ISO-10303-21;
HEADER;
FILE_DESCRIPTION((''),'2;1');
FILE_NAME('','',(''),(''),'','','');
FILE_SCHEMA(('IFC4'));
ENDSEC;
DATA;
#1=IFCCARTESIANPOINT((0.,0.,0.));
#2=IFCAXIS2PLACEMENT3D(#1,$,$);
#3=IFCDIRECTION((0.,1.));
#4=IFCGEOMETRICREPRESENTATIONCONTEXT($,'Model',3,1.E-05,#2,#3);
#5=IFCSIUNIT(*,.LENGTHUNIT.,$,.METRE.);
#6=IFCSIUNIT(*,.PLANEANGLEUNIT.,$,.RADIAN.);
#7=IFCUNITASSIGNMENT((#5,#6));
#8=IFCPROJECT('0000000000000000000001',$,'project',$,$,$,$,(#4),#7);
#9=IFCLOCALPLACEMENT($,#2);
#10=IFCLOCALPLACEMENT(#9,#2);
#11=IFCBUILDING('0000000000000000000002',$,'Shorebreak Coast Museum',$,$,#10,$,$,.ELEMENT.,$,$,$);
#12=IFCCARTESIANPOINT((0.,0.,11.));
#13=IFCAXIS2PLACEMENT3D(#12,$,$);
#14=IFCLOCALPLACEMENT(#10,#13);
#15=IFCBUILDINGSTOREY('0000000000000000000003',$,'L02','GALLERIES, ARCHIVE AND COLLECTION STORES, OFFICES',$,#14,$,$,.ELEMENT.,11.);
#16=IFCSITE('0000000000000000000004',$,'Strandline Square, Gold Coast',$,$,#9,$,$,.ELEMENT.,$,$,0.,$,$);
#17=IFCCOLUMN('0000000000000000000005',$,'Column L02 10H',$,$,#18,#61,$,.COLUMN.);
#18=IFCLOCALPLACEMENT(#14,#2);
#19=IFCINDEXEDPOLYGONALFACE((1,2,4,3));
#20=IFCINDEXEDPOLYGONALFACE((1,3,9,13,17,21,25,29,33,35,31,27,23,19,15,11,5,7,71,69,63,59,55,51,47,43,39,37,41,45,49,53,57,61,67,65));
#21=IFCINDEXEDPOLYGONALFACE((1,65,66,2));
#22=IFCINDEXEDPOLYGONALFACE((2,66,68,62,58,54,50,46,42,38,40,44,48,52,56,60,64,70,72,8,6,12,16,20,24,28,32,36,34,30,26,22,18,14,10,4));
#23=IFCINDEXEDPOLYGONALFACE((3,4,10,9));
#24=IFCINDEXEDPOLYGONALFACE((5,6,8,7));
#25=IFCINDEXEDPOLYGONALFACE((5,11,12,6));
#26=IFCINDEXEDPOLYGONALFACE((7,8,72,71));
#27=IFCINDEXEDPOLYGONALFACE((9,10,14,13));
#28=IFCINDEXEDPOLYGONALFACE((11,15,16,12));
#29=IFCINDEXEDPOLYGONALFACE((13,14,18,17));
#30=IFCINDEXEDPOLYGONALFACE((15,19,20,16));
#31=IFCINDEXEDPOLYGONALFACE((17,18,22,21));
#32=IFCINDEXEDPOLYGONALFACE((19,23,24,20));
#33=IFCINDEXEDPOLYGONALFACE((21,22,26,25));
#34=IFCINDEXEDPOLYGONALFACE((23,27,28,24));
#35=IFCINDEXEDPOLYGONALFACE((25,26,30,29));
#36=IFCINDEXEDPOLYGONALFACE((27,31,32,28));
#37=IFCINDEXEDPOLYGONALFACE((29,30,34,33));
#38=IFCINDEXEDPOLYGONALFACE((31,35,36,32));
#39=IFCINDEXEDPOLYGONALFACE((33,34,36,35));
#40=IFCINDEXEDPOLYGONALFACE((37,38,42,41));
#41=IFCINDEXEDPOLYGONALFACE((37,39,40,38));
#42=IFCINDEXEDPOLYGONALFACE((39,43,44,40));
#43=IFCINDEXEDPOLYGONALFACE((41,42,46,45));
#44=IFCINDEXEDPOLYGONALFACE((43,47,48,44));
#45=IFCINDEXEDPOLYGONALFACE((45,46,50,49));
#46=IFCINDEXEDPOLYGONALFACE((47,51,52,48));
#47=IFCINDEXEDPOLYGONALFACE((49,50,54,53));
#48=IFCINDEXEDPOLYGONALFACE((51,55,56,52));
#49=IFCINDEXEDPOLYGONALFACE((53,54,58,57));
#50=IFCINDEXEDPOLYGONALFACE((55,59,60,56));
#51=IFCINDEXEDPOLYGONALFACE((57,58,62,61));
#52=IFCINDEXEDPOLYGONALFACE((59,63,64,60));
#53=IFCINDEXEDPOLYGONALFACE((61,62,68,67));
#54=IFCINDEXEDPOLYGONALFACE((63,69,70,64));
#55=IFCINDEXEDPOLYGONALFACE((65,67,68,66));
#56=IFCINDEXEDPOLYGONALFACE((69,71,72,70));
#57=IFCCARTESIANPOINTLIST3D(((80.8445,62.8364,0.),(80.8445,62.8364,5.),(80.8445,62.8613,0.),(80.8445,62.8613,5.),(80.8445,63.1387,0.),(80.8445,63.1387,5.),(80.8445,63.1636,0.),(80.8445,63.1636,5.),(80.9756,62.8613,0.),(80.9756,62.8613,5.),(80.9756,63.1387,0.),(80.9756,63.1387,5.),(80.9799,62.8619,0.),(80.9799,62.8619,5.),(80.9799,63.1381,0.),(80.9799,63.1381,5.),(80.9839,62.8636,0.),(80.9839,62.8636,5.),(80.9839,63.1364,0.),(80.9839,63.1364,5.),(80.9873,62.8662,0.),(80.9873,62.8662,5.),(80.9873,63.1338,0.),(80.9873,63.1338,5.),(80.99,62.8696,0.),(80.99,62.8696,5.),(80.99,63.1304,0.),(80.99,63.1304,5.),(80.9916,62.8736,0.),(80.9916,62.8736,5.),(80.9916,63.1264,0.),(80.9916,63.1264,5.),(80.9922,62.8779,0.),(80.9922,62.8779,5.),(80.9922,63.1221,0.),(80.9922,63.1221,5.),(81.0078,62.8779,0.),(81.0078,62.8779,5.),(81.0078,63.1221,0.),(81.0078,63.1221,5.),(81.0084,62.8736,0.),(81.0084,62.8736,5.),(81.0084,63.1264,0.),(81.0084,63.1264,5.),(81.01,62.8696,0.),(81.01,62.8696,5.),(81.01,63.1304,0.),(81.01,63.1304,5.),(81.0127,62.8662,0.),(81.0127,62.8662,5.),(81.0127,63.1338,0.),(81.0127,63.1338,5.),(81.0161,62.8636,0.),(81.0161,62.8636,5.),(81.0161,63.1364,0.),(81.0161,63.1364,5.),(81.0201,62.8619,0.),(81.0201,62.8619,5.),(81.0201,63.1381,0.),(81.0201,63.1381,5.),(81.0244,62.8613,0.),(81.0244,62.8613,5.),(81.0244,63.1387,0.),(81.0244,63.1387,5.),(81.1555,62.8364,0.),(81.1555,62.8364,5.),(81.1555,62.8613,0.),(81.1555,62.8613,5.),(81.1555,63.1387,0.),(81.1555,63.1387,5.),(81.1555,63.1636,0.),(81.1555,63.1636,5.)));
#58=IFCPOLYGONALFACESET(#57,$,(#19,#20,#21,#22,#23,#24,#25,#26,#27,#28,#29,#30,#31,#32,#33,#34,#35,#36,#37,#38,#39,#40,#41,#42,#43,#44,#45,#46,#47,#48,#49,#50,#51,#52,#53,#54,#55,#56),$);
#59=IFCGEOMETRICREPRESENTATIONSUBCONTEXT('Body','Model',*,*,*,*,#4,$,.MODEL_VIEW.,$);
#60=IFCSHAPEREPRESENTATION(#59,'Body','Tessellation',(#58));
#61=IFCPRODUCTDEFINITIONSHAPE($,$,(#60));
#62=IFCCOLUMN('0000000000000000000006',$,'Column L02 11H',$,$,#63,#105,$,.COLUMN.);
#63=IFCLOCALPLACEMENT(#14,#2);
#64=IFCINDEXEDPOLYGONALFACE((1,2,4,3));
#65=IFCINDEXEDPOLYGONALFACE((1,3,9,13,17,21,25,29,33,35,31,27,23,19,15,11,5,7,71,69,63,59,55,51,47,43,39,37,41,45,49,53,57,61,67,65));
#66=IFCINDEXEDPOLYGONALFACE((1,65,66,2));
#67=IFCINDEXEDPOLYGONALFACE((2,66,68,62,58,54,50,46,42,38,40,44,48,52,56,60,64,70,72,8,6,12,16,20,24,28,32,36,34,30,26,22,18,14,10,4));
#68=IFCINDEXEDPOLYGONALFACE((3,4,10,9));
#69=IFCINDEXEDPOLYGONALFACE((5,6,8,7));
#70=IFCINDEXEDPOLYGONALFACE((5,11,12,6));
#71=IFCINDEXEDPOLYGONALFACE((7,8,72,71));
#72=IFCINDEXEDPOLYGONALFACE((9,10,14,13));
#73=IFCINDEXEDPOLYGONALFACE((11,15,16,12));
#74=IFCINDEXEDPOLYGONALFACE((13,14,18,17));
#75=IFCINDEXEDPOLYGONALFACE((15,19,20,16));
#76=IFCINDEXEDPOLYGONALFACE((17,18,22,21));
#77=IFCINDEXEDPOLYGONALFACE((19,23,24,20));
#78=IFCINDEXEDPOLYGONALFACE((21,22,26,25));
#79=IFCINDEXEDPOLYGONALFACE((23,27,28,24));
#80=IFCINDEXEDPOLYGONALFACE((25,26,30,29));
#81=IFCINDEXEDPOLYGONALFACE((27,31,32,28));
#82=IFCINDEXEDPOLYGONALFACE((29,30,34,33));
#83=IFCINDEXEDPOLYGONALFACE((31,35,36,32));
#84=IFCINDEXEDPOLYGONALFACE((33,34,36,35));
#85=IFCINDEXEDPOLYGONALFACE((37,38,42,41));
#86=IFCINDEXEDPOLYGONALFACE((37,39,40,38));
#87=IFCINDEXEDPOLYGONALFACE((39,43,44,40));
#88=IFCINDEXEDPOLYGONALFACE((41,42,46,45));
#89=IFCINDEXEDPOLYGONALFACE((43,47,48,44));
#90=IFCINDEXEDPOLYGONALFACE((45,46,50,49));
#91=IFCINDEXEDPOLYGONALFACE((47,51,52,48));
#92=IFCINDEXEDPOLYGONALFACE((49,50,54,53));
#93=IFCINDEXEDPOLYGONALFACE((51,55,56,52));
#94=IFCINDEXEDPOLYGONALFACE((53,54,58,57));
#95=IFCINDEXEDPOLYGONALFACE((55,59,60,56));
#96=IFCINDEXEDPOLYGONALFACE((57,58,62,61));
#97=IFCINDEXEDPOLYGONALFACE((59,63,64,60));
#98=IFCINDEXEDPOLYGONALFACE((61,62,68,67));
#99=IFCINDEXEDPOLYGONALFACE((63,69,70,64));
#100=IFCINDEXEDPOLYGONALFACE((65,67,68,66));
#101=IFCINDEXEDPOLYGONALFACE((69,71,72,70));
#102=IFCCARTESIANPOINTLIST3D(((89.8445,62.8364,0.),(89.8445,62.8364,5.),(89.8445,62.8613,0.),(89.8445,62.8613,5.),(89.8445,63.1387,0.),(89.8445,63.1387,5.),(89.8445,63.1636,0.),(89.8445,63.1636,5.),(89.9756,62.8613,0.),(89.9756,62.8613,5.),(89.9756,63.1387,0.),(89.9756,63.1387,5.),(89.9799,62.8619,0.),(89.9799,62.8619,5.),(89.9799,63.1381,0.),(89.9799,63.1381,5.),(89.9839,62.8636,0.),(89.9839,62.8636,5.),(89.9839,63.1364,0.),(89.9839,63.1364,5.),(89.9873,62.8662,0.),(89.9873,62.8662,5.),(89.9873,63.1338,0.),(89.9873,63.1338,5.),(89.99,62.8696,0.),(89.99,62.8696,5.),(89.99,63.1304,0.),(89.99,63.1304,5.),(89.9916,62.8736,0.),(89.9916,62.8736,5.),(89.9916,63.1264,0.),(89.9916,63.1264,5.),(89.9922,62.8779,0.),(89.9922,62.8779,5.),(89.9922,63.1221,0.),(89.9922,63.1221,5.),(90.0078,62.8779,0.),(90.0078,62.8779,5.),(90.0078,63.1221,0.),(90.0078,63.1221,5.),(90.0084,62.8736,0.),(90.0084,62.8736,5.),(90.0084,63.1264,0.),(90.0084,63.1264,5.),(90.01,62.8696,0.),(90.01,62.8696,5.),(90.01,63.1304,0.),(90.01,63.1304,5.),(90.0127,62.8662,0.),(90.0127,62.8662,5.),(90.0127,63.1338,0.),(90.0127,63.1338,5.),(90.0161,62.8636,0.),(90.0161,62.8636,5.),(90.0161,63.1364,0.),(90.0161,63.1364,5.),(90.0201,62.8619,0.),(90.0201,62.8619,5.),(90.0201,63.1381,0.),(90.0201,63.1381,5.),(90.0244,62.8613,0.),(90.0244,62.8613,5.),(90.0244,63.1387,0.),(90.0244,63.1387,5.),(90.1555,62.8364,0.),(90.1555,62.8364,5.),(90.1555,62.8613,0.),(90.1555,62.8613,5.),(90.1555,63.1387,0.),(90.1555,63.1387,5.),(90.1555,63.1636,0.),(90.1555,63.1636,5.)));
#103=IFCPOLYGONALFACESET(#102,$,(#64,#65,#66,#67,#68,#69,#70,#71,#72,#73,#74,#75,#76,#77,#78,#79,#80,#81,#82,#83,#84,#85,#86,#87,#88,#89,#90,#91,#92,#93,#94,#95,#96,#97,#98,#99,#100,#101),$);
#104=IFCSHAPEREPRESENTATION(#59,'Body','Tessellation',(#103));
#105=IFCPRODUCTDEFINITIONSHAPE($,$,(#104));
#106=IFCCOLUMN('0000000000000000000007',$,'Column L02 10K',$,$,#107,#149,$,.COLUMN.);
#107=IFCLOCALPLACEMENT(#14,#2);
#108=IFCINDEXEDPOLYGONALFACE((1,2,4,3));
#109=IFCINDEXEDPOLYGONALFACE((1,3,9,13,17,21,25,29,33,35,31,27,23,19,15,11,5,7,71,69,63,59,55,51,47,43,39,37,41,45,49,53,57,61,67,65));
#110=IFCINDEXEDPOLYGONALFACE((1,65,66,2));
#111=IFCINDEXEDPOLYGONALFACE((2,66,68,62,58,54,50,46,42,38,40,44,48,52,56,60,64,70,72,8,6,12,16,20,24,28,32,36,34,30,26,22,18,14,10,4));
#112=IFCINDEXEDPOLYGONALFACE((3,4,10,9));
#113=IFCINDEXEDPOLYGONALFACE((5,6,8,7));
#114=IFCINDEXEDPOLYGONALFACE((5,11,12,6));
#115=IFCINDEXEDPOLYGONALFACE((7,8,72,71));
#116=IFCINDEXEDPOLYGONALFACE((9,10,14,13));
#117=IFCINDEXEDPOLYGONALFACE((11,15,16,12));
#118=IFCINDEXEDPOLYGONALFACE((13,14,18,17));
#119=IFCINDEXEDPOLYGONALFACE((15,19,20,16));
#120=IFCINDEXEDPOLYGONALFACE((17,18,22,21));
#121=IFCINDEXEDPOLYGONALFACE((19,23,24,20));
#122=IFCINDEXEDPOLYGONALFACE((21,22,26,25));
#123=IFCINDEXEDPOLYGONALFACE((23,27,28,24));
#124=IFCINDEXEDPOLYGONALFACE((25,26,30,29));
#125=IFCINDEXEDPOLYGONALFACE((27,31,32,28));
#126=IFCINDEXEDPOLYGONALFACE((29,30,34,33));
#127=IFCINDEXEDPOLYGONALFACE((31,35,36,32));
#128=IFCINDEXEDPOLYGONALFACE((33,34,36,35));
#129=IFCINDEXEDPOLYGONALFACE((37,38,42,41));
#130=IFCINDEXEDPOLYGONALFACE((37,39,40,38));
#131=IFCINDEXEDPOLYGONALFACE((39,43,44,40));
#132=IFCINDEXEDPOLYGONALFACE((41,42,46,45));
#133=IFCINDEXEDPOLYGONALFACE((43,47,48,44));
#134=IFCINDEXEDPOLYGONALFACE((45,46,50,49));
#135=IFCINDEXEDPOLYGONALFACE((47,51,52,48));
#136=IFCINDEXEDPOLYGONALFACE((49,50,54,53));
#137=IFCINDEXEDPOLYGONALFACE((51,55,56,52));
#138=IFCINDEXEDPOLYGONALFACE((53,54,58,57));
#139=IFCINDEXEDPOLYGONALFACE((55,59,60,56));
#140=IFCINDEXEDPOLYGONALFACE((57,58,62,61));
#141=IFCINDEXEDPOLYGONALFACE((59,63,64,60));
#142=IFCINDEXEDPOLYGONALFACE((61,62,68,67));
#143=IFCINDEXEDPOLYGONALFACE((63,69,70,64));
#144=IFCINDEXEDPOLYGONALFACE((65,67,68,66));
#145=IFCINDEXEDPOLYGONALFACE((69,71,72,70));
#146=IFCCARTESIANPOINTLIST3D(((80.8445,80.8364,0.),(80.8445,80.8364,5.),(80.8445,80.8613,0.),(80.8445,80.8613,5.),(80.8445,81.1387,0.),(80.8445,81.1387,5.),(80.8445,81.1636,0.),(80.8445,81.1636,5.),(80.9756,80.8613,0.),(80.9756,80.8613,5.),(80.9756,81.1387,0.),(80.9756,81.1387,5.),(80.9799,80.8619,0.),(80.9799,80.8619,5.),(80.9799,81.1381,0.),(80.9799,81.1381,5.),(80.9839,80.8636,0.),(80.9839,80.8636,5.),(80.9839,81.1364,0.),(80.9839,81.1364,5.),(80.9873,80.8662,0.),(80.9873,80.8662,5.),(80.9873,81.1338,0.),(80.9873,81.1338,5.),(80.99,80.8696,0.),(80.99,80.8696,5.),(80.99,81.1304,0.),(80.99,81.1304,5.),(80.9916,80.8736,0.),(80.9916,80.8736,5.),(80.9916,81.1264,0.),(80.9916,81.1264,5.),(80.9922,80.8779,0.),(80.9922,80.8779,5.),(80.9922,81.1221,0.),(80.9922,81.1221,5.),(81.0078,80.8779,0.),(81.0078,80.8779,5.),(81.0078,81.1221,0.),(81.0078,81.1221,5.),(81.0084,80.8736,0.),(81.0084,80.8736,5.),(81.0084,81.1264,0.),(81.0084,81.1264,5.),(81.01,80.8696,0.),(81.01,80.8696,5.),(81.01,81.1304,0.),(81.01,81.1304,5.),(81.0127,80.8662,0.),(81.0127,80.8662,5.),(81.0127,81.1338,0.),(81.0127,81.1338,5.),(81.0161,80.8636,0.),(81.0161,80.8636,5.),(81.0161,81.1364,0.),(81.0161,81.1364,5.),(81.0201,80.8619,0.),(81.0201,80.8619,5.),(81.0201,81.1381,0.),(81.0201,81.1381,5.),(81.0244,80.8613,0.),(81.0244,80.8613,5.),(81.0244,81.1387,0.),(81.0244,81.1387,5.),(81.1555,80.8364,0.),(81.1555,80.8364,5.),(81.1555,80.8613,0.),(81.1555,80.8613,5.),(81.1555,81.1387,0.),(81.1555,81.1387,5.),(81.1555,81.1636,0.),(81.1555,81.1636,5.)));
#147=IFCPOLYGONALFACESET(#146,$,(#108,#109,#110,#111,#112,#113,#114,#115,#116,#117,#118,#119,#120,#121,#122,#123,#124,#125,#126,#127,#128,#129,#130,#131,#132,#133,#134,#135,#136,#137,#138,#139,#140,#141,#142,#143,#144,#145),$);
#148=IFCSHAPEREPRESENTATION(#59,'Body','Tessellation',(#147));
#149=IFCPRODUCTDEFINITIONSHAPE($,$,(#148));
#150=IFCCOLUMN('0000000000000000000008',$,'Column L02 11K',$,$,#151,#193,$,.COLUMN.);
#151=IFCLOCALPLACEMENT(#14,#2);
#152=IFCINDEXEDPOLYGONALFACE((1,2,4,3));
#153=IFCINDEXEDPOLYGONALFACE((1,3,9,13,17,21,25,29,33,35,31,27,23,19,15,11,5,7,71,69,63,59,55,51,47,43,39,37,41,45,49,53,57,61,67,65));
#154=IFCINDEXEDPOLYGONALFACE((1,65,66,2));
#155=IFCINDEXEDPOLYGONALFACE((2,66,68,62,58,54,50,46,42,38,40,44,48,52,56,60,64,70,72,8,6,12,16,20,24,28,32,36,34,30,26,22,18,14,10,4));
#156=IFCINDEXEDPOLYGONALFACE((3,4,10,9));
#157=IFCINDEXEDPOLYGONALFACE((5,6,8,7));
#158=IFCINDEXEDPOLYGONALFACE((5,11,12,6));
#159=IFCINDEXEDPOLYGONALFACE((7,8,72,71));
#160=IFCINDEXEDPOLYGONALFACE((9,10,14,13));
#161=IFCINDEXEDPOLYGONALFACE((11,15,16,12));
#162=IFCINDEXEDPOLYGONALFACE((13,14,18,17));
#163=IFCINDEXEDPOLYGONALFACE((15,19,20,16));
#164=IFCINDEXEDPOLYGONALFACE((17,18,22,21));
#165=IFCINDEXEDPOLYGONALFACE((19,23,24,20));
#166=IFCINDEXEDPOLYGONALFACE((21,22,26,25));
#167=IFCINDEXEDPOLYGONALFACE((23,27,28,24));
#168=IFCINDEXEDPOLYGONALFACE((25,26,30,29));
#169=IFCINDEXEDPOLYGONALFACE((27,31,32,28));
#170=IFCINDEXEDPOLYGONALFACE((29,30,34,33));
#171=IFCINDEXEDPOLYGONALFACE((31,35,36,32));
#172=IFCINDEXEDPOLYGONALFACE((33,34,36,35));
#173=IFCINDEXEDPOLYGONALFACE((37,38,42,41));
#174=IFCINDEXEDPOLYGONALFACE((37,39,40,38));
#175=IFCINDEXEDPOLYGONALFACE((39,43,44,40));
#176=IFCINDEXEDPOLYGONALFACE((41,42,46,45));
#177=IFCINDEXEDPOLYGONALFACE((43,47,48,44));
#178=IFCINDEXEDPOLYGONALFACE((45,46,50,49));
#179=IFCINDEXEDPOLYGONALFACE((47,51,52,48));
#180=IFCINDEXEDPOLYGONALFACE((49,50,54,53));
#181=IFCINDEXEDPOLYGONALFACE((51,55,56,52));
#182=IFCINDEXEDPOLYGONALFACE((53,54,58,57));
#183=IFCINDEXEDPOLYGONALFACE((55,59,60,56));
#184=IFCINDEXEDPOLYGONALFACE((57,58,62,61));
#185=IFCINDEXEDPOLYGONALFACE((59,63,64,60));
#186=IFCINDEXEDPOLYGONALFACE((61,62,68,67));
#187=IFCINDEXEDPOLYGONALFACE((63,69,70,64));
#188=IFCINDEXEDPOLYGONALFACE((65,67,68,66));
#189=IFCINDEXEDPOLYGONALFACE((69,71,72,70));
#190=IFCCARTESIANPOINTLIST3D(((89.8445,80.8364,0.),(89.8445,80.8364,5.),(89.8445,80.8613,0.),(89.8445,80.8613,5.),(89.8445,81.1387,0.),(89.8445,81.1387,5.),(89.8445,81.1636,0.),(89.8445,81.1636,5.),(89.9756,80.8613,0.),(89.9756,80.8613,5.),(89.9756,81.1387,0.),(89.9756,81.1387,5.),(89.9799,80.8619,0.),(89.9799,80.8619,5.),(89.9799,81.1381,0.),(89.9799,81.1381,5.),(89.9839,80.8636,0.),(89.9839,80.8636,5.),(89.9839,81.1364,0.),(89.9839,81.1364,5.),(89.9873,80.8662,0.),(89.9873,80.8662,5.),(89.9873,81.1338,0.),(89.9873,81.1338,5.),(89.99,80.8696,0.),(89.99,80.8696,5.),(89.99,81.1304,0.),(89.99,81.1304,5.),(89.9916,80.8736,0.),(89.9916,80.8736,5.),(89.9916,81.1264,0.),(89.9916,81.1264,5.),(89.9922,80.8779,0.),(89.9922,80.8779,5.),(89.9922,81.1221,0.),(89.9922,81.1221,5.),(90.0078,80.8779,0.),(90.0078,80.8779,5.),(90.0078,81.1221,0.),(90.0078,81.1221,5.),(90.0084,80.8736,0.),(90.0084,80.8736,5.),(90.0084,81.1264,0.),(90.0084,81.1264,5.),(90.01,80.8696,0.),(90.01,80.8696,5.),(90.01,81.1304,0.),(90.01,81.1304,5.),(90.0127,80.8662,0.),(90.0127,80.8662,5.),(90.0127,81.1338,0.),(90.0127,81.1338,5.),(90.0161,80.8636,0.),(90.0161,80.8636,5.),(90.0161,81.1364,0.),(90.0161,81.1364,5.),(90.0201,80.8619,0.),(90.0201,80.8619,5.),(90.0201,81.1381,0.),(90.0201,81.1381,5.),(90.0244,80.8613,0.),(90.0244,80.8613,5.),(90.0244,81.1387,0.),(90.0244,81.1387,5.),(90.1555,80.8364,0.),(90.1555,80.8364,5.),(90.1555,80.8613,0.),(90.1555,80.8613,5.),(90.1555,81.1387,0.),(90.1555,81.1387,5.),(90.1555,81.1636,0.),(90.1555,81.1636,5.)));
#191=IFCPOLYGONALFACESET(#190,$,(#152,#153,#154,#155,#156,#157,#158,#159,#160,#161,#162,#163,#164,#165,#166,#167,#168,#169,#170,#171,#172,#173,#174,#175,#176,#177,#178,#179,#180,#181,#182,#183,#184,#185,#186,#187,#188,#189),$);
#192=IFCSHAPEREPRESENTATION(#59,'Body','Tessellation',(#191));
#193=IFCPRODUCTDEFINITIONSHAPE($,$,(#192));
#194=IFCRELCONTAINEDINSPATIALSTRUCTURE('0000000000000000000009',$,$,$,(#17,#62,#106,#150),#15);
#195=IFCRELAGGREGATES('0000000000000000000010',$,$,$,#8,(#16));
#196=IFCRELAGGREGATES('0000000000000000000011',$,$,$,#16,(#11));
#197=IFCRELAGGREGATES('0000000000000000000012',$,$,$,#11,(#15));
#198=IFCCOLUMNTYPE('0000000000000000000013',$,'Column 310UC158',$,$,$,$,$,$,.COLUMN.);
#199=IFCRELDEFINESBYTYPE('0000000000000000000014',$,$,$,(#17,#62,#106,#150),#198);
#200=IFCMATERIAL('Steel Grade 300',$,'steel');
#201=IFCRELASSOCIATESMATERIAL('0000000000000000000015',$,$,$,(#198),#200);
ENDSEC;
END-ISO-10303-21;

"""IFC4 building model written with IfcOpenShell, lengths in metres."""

from ifc_helpers import new_model, si_unit, direction, frame, origin, origin_2d, place, context, subcontext, project, spatial, i_section, extrude, material, material_profile, profile_set, type_object, element, save


model = new_model("IFC4")

# Units and contexts
model_context = context("Model", 3, precision=1e-05, world=origin(), true_north=direction((0.0, 1.0)))
body_context = subcontext(model_context, "Body", "Model", "MODEL_VIEW")
ifc_project = project(units=[si_unit("LENGTHUNIT", "METRE"), si_unit("PLANEANGLEUNIT", "RADIAN")], contexts=[model_context])

# Site, building, storey
site_placement = place(None, origin())
site = spatial("IfcSite", under=ifc_project, at=site_placement, Name="Strandline Square, Gold Coast", CompositionType="ELEMENT", RefElevation=0.0)
building_placement = place(site_placement, origin())
building = spatial("IfcBuilding", under=site, at=building_placement, Name="Shorebreak Coast Museum", CompositionType="ELEMENT")
storey_placement = place(building_placement, frame((0.0, 0.0, 11.0)))
storey = spatial("IfcBuildingStorey", under=building, at=storey_placement, Name="L02", Description="GALLERIES, ARCHIVE AND COLLECTION STORES, OFFICES", CompositionType="ELEMENT", Elevation=11.0)

# Columns
ifc_material_1 = material(Name="Steel Grade 300", Category="steel")
ifc_material_profile_1 = material_profile(ifc_material_1, i_section(OverallWidth=0.311, OverallDepth=0.3271, WebThickness=0.0156, FlangeThickness=0.0249, FilletRadius=0.0166, at=origin_2d()), Name="310UC158")
ifc_profile_set_1 = profile_set([ifc_material_profile_1], Name="Steel Grade 300")
column_type = type_object("IfcColumnType", Name="Column 310UC158", PredefinedType="COLUMN", material=ifc_profile_set_1)
for number, where, z_axis, x_axis, name in (
    (1, (81.0, 63.0, 0.0), (0.0, 0.0, 1.0), (1.0, 0.0, 0.0), "Column L02 10H"),
    (2, (90.0, 63.0, 0.0), (0.0, 0.0, 1.0), (1.0, 0.0, 0.0), "Column L02 11H"),
    (3, (81.0, 81.0, 0.0), (0.0, 0.0, 1.0), (1.0, 0.0, 0.0), "Column L02 10K"),
    (4, (90.0, 81.0, 0.0), (0.0, 0.0, 1.0), (1.0, 0.0, 0.0), "Column L02 11K"),
):
    element("IfcColumn", number, at=place(storey_placement, frame(where, z_axis=z_axis, x_axis=x_axis)), inside=storey, type_object=column_type, Name=name, PredefinedType="COLUMN", context=body_context, shape_type="SweptSolid", body=[
        extrude(i_section(OverallWidth=0.311, OverallDepth=0.3271, WebThickness=0.0156, FlangeThickness=0.0249, FilletRadius=0.0166, at=origin_2d()), origin(), (0.0, 0.0, 1.0), 5.0),
    ])

save(model, "model.ifc")
